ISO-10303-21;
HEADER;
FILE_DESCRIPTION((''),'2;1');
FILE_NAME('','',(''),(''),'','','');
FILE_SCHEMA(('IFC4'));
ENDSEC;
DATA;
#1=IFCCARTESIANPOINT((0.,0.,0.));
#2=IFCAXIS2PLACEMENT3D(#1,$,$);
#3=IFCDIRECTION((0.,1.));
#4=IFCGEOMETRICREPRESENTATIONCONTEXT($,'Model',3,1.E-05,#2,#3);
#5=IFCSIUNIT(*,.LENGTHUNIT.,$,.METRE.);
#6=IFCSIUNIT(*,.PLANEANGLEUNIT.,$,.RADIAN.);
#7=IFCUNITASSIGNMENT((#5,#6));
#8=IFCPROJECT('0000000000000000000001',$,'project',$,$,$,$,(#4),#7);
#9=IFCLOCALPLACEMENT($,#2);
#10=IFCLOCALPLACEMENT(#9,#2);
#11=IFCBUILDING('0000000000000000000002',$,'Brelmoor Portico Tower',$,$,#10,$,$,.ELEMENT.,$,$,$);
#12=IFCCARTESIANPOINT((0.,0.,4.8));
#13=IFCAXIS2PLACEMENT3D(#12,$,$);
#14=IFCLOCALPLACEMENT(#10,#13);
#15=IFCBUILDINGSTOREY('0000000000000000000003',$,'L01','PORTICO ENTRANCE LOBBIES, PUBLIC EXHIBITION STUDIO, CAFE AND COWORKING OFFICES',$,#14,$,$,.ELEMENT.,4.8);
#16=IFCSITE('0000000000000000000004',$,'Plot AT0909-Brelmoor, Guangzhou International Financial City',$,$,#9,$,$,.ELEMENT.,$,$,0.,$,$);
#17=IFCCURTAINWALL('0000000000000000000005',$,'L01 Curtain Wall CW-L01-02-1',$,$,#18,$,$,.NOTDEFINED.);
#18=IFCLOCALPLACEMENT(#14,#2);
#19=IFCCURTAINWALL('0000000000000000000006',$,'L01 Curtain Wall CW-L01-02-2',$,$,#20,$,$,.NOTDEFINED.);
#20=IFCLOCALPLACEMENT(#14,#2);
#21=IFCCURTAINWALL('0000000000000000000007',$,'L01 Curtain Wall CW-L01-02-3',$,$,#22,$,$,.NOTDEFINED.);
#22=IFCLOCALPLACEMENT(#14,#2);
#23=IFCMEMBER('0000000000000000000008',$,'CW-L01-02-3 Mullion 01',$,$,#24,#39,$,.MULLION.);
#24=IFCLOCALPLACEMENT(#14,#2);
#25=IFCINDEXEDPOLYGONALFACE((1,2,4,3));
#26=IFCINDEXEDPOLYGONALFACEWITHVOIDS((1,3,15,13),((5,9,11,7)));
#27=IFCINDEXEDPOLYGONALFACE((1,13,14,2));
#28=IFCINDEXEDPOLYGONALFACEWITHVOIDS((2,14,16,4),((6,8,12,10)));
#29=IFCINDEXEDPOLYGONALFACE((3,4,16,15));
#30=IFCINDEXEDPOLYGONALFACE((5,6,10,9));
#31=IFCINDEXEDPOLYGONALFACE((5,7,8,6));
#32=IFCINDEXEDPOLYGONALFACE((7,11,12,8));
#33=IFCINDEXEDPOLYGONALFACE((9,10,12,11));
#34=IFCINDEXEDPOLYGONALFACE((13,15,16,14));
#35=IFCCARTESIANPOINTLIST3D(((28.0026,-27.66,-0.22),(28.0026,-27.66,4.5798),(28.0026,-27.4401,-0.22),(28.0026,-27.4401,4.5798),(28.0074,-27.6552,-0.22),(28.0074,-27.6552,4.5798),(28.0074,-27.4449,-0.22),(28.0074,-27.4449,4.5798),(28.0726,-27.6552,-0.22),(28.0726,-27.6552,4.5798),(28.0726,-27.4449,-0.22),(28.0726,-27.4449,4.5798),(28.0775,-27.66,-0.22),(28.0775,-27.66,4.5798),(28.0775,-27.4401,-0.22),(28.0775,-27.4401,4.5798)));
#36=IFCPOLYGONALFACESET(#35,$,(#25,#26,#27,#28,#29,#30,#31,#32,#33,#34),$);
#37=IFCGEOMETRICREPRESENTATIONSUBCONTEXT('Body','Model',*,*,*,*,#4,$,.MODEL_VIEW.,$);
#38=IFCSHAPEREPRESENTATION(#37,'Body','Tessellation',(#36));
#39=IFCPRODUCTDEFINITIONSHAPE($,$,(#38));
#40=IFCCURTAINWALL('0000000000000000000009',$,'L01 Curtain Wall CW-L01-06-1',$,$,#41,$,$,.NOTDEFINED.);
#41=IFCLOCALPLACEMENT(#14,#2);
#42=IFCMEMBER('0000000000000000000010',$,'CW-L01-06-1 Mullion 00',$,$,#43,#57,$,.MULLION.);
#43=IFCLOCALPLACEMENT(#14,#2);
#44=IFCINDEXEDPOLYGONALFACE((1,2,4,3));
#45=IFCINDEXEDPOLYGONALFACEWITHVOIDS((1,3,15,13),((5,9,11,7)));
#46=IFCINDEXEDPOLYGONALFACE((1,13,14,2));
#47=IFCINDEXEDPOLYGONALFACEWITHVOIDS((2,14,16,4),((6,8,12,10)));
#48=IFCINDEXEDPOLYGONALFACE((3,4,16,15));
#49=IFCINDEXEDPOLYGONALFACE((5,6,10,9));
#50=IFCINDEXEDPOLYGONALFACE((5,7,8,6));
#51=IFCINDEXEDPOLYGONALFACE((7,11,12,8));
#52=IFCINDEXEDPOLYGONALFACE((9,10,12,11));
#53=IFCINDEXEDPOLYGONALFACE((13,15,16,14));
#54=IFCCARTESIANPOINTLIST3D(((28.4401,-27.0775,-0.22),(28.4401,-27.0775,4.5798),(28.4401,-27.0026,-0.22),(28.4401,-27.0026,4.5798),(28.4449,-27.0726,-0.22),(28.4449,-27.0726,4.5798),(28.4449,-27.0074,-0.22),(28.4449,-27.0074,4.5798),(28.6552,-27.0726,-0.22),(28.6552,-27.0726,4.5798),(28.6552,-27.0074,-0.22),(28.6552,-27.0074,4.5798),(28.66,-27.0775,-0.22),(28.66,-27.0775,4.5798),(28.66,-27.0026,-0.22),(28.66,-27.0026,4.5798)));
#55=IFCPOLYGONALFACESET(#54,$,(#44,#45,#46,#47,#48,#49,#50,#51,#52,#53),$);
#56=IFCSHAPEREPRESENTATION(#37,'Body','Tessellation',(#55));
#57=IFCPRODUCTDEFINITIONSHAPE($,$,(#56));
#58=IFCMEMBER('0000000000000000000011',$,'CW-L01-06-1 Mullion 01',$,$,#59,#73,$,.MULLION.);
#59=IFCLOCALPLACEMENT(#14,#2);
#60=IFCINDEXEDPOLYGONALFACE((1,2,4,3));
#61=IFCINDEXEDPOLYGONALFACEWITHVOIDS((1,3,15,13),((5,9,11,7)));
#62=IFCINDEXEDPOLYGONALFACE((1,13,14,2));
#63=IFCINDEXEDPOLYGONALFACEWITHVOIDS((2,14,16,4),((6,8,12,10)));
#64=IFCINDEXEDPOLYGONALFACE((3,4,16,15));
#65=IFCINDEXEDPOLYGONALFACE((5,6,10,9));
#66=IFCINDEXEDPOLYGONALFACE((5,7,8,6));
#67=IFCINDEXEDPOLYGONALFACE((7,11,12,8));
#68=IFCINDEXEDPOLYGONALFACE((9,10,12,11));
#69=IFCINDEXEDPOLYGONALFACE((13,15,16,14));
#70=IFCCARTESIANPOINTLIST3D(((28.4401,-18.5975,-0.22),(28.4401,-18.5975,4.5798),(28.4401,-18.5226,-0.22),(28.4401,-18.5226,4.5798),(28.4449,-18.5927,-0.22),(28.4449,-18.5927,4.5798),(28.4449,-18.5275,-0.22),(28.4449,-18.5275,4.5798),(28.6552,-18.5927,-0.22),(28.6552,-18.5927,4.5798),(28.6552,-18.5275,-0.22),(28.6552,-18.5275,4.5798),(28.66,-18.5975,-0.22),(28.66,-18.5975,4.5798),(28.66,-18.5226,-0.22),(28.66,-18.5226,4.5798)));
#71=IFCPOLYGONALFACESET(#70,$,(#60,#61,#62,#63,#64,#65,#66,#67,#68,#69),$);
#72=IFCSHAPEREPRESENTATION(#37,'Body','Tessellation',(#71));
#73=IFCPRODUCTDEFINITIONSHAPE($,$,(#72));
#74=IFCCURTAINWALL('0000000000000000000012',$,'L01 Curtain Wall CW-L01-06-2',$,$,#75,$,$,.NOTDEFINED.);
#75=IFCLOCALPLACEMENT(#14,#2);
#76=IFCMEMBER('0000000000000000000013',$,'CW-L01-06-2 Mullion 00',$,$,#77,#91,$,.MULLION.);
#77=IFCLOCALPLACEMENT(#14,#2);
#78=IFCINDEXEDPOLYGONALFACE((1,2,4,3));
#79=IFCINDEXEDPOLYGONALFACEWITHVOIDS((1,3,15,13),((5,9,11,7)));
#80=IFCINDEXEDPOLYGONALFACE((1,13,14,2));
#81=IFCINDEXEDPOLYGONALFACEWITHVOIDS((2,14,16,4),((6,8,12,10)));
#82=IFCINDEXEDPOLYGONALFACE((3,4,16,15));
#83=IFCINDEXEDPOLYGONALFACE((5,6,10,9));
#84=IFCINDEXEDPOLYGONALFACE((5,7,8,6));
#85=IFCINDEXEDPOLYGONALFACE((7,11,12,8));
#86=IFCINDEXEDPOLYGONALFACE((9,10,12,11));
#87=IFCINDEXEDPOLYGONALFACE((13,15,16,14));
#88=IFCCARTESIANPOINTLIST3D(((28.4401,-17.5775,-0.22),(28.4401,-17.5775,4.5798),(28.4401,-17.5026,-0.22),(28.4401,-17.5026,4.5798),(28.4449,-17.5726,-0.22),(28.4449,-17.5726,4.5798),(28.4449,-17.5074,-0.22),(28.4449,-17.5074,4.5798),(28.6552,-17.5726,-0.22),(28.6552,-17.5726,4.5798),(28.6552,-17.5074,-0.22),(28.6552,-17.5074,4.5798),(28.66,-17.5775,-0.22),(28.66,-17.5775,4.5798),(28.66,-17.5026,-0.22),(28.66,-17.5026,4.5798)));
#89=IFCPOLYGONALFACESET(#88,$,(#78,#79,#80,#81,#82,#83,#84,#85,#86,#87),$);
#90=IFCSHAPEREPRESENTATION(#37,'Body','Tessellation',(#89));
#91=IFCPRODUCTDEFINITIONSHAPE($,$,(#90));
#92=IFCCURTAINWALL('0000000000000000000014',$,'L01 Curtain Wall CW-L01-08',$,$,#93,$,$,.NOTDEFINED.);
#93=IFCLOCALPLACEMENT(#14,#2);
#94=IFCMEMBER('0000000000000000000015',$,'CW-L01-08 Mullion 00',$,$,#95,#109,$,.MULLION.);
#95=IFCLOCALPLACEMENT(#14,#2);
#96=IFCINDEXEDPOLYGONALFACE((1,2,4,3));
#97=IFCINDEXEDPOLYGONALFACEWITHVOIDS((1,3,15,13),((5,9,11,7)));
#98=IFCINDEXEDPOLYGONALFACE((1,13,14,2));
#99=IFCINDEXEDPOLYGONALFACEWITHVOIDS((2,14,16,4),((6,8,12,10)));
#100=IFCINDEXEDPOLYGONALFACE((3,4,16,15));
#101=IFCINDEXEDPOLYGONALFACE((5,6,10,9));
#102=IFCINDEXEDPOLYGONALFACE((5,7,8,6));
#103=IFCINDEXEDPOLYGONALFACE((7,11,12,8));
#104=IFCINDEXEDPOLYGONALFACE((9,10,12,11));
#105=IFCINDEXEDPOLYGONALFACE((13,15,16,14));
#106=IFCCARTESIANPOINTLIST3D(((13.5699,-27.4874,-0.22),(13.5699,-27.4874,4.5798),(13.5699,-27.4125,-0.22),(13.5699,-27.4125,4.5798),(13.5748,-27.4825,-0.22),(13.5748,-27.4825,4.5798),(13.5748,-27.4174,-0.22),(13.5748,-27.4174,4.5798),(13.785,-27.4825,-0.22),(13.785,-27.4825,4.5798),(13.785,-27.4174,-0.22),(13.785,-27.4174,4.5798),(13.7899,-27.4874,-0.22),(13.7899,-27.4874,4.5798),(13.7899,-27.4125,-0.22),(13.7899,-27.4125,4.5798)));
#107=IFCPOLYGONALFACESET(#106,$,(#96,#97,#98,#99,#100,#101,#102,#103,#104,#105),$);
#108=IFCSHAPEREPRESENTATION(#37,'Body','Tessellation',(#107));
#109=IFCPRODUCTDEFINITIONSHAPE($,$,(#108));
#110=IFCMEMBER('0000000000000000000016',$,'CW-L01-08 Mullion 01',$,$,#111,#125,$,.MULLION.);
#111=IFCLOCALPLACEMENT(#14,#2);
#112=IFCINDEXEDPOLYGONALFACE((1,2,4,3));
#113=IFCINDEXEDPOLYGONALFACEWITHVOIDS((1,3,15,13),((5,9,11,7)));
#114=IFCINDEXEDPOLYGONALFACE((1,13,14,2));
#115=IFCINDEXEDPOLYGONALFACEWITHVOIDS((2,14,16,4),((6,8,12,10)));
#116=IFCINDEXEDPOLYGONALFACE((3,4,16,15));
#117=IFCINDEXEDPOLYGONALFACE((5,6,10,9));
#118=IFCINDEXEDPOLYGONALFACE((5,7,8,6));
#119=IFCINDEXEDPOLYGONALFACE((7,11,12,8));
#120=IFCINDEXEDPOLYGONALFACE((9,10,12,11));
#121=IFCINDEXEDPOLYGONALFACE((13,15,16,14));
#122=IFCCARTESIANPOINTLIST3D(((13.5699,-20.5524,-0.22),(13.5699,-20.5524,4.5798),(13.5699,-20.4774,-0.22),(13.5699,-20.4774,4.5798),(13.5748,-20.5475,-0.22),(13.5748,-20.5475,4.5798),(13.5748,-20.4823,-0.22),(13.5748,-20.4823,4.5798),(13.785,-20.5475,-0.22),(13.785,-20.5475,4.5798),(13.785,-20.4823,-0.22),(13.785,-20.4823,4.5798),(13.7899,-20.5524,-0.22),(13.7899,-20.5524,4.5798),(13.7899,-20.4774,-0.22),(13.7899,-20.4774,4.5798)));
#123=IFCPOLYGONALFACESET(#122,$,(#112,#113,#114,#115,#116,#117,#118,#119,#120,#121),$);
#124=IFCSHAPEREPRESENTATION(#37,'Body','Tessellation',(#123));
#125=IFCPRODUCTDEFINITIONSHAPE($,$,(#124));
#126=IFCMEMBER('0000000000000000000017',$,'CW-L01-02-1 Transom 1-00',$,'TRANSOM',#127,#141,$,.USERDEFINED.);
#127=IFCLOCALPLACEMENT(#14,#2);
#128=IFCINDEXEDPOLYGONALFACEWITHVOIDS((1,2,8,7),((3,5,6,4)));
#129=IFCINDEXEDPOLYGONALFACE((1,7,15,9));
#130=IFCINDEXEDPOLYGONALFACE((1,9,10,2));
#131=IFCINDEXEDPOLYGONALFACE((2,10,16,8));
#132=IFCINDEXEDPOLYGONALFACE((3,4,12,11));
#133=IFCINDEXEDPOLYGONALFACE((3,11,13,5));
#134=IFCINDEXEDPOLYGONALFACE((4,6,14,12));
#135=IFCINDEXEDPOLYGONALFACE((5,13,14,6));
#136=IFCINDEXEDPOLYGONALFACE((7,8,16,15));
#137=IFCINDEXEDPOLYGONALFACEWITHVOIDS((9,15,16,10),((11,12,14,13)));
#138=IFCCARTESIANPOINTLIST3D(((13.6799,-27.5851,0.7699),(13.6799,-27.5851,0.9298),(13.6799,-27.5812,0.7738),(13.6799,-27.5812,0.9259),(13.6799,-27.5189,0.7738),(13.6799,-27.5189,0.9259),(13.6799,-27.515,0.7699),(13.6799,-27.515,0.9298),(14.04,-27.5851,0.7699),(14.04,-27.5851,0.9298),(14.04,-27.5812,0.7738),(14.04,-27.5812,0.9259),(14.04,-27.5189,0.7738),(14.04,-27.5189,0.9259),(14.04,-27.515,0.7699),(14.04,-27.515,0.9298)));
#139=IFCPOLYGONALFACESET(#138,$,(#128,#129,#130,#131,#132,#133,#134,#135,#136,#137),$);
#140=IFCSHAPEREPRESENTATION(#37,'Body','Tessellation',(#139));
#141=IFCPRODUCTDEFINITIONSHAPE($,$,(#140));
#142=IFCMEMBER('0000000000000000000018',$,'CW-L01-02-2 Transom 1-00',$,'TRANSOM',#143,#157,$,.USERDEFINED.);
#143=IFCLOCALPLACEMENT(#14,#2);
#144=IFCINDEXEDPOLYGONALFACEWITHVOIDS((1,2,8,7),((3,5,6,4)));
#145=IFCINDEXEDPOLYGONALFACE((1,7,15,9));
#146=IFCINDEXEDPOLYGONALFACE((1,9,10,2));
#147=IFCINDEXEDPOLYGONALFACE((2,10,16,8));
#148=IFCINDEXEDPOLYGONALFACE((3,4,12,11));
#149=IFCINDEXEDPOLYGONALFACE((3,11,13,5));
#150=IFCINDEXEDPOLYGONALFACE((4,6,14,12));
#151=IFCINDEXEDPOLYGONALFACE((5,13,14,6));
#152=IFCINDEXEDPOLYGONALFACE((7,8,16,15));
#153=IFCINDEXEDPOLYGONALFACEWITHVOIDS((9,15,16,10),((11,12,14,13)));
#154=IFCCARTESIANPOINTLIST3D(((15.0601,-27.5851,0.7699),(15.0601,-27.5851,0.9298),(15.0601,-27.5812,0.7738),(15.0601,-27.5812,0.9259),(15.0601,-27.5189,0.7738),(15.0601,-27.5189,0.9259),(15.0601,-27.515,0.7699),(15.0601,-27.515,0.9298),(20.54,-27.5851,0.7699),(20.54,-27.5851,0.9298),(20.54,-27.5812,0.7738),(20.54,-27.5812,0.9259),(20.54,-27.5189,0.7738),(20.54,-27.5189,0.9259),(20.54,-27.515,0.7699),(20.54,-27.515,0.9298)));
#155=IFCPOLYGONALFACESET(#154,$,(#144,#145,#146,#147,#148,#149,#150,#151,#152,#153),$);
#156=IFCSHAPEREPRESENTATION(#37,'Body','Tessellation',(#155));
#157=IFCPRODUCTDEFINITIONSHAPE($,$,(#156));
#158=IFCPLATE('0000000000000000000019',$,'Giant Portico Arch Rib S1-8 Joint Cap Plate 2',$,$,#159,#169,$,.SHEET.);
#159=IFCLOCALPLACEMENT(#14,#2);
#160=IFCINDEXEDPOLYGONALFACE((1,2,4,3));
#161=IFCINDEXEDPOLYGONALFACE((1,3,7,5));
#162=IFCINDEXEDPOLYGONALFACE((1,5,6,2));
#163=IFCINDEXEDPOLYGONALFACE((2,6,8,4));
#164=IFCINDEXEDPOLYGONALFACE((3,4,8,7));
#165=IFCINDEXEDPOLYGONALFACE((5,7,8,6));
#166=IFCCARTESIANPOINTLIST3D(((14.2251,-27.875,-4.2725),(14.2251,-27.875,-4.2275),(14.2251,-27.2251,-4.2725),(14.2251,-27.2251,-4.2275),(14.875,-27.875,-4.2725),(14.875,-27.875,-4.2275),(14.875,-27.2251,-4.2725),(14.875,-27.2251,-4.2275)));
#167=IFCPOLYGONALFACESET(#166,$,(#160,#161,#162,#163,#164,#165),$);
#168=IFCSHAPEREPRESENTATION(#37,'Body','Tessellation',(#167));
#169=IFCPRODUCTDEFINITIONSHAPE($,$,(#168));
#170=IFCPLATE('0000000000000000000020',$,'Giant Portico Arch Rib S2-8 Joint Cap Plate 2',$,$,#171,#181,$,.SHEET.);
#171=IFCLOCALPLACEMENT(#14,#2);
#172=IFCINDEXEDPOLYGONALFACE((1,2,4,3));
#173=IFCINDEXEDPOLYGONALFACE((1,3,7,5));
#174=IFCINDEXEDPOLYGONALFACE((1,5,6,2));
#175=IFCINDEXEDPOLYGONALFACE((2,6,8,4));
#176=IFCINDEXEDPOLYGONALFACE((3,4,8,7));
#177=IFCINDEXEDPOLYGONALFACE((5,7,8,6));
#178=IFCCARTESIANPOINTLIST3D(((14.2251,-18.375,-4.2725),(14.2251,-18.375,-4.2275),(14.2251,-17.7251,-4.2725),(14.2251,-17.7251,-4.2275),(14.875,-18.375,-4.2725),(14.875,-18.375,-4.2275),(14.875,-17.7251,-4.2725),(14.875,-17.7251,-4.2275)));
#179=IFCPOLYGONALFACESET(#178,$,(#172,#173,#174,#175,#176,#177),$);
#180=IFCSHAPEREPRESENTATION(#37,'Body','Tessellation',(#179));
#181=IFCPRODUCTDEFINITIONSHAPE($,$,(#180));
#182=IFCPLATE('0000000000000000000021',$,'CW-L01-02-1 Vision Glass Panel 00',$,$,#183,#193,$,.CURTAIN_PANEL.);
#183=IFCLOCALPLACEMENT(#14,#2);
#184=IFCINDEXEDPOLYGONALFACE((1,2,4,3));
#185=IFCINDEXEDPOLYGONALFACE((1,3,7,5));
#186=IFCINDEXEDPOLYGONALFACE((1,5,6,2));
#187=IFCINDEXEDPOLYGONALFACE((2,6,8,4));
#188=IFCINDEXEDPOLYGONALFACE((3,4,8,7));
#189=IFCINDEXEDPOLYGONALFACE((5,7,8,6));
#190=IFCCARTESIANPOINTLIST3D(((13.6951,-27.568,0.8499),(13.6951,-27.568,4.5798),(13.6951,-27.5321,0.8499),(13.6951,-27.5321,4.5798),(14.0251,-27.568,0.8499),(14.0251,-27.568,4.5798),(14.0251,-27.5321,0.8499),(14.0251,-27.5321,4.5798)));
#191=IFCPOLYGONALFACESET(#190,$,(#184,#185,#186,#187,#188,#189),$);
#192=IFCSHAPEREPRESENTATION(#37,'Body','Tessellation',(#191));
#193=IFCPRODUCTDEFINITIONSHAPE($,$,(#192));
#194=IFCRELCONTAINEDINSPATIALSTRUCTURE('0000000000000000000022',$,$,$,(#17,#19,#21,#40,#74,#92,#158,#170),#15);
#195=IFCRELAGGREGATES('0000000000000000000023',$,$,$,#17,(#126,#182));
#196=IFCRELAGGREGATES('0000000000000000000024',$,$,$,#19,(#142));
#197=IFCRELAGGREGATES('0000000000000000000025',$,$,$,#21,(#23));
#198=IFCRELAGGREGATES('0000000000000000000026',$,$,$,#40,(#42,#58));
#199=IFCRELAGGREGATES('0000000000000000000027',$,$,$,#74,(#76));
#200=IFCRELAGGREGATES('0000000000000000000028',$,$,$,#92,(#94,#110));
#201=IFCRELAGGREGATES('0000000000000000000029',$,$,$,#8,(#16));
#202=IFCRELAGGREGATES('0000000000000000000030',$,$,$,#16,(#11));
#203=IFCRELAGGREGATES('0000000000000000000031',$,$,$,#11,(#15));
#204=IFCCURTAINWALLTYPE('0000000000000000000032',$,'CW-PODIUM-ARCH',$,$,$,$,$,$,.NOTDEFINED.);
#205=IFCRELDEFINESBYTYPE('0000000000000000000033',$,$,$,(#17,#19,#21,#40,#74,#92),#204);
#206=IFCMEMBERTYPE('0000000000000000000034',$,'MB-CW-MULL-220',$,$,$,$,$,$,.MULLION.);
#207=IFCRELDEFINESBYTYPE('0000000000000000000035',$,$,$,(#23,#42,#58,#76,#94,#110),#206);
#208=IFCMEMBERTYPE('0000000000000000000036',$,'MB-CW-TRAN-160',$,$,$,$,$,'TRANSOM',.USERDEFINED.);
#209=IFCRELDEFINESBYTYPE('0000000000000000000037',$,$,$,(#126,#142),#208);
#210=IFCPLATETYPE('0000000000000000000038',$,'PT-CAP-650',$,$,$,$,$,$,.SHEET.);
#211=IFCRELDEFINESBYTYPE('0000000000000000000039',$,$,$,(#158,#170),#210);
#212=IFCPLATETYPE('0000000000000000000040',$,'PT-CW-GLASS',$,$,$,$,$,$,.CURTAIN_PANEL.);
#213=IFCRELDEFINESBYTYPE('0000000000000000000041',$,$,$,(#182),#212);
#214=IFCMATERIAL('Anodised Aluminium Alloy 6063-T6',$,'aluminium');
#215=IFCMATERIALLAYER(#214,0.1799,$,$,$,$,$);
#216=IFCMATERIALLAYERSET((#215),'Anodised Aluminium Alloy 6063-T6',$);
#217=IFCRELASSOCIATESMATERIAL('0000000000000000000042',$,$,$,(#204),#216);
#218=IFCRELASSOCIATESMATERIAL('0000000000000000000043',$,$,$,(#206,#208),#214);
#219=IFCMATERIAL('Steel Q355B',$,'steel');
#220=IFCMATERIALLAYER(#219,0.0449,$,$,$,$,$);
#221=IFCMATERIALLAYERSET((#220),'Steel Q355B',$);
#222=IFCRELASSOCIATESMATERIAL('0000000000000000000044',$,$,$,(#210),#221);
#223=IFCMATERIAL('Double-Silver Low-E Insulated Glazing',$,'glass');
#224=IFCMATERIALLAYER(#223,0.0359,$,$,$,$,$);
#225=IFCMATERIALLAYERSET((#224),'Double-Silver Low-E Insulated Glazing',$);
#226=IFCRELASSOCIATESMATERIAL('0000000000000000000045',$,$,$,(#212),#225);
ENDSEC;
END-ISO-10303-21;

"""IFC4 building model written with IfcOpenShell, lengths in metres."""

from ifc_helpers import new_model, si_unit, direction, frame, origin, origin_2d, place, context, subcontext, project, spatial, rectangle, hollow_rectangle, extrude, material, layer, layer_set, material_profile, profile_set, type_object, element, aggregate, save


model = new_model("IFC4")

# Units and contexts
model_context = context("Model", 3, precision=1e-05, world=origin(), true_north=direction((0.0, 1.0)))
body_context = subcontext(model_context, "Body", "Model", "MODEL_VIEW")
ifc_project = project(units=[si_unit("LENGTHUNIT", "METRE"), si_unit("PLANEANGLEUNIT", "RADIAN")], contexts=[model_context])

# Site, building, storey
site_placement = place(None, origin())
site = spatial("IfcSite", under=ifc_project, at=site_placement, Name="Plot AT0909-Brelmoor, Guangzhou International Financial City", CompositionType="ELEMENT", RefElevation=0.0)
building_placement = place(site_placement, origin())
building = spatial("IfcBuilding", under=site, at=building_placement, Name="Brelmoor Portico Tower", CompositionType="ELEMENT")
storey_placement = place(building_placement, frame((0.0, 0.0, 4.8)))
storey = spatial("IfcBuildingStorey", under=building, at=storey_placement, Name="L01", Description="PORTICO ENTRANCE LOBBIES, PUBLIC EXHIBITION STUDIO, CAFE AND COWORKING OFFICES", CompositionType="ELEMENT", Elevation=4.8)

# Shared definitions
ifc_material_1 = material(Name="Steel Q355B", Category="steel")

# Curtain walls, members
ifc_material_2 = material(Name="Anodised Aluminium Alloy 6063-T6", Category="aluminium")
ifc_layer_1 = layer(ifc_material_2, 0.1799)
ifc_layer_set_1 = layer_set([ifc_layer_1], Name="Anodised Aluminium Alloy 6063-T6")
curtain_wall_type = type_object("IfcCurtainWallType", Name="CW-PODIUM-ARCH", PredefinedType="NOTDEFINED", material=ifc_layer_set_1)
curtain_wall_1_placement = place(storey_placement, origin())
curtain_wall_1 = element("IfcCurtainWall", 1, at=curtain_wall_1_placement, inside=storey, type_object=curtain_wall_type, Name="L01 Curtain Wall CW-L01-02-1", PredefinedType="NOTDEFINED")
ifc_material_profile_1 = material_profile(ifc_material_2, hollow_rectangle(XDim=0.075, YDim=0.22, WallThickness=0.0049, at=origin_2d()), Name="ALU MULLION 75x220")
ifc_profile_set_1 = profile_set([ifc_material_profile_1], Name="Anodised Aluminium Alloy 6063-T6")
member_type_1 = type_object("IfcMemberType", Name="MB-CW-MULL-220", PredefinedType="MULLION", material=ifc_profile_set_1)
curtain_wall_2_placement = place(storey_placement, origin())
curtain_wall_2 = element("IfcCurtainWall", 2, at=curtain_wall_2_placement, inside=storey, type_object=curtain_wall_type, Name="L01 Curtain Wall CW-L01-02-2", PredefinedType="NOTDEFINED")
curtain_wall_3_placement = place(storey_placement, origin())
curtain_wall_3 = element("IfcCurtainWall", 3, at=curtain_wall_3_placement, inside=storey, type_object=curtain_wall_type, Name="L01 Curtain Wall CW-L01-02-3", PredefinedType="NOTDEFINED")
member_1_placement = place(storey_placement, frame((28.04, -27.55, -0.22), z_axis=(0.0, 0.0, 1.0), x_axis=(1.0, 0.0, 0.0)))
member_1 = element("IfcMember", 4, at=member_1_placement, type_object=member_type_1, Name="CW-L01-02-3 Mullion 01", PredefinedType="MULLION", context=body_context, shape_type="SweptSolid", body=[
    extrude(hollow_rectangle(XDim=0.075, YDim=0.22, WallThickness=0.0049, at=origin_2d()), origin(), (0.0, 0.0, 1.0), 4.7998),
])
curtain_wall_4_placement = place(storey_placement, origin())
curtain_wall_4 = element("IfcCurtainWall", 5, at=curtain_wall_4_placement, inside=storey, type_object=curtain_wall_type, Name="L01 Curtain Wall CW-L01-06-1", PredefinedType="NOTDEFINED")
member_2_placement = place(storey_placement, frame((28.55, -27.04, -0.22), z_axis=(0.0, 0.0, 1.0), x_axis=(0.0, 1.0, 0.0)))
member_2 = element("IfcMember", 6, at=member_2_placement, type_object=member_type_1, Name="CW-L01-06-1 Mullion 00", PredefinedType="MULLION", context=body_context, shape_type="SweptSolid", body=[
    extrude(hollow_rectangle(XDim=0.075, YDim=0.22, WallThickness=0.0049, at=origin_2d()), origin(), (0.0, 0.0, 1.0), 4.7998),
])
member_3_placement = place(storey_placement, frame((28.55, -18.5601, -0.22), z_axis=(0.0, 0.0, 1.0), x_axis=(0.0, 1.0, 0.0)))
member_3 = element("IfcMember", 7, at=member_3_placement, type_object=member_type_1, Name="CW-L01-06-1 Mullion 01", PredefinedType="MULLION", context=body_context, shape_type="SweptSolid", body=[
    extrude(hollow_rectangle(XDim=0.075, YDim=0.22, WallThickness=0.0049, at=origin_2d()), origin(), (0.0, 0.0, 1.0), 4.7998),
])

# Curtain wall, member
curtain_wall_5_placement = place(storey_placement, origin())
curtain_wall_5 = element("IfcCurtainWall", 8, at=curtain_wall_5_placement, inside=storey, type_object=curtain_wall_type, Name="L01 Curtain Wall CW-L01-06-2", PredefinedType="NOTDEFINED")
member_4_placement = place(storey_placement, frame((28.55, -17.54, -0.22), z_axis=(0.0, 0.0, 1.0), x_axis=(0.0, 1.0, 0.0)))
member_4 = element("IfcMember", 9, at=member_4_placement, type_object=member_type_1, Name="CW-L01-06-2 Mullion 00", PredefinedType="MULLION", context=body_context, shape_type="SweptSolid", body=[
    extrude(hollow_rectangle(XDim=0.075, YDim=0.22, WallThickness=0.0049, at=origin_2d()), origin(), (0.0, 0.0, 1.0), 4.7998),
])

# Curtain wall, members
curtain_wall_6_placement = place(storey_placement, origin())
curtain_wall_6 = element("IfcCurtainWall", 10, at=curtain_wall_6_placement, inside=storey, type_object=curtain_wall_type, Name="L01 Curtain Wall CW-L01-08", PredefinedType="NOTDEFINED")
member_5_placement = place(storey_placement, frame((13.6799, -27.45, -0.22), z_axis=(0.0, 0.0, 1.0), x_axis=(0.0, 1.0, 0.0)))
member_5 = element("IfcMember", 11, at=member_5_placement, type_object=member_type_1, Name="CW-L01-08 Mullion 00", PredefinedType="MULLION", context=body_context, shape_type="SweptSolid", body=[
    extrude(hollow_rectangle(XDim=0.075, YDim=0.22, WallThickness=0.0049, at=origin_2d()), origin(), (0.0, 0.0, 1.0), 4.7998),
])
member_6_placement = place(storey_placement, frame((13.6799, -20.5149, -0.22), z_axis=(0.0, 0.0, 1.0), x_axis=(0.0, 1.0, 0.0)))
member_6 = element("IfcMember", 12, at=member_6_placement, type_object=member_type_1, Name="CW-L01-08 Mullion 01", PredefinedType="MULLION", context=body_context, shape_type="SweptSolid", body=[
    extrude(hollow_rectangle(XDim=0.075, YDim=0.22, WallThickness=0.0049, at=origin_2d()), origin(), (0.0, 0.0, 1.0), 4.7998),
])

# Members
ifc_material_profile_2 = material_profile(ifc_material_2, hollow_rectangle(XDim=0.0701, YDim=0.1599, WallThickness=0.0039, at=origin_2d()), Name="ALU TRANSOM 70x160")
ifc_profile_set_2 = profile_set([ifc_material_profile_2], Name="Anodised Aluminium Alloy 6063-T6")
member_type_2 = type_object("IfcMemberType", Name="MB-CW-TRAN-160", ElementType="TRANSOM", PredefinedType="USERDEFINED", material=ifc_profile_set_2)
member_7_placement = place(storey_placement, frame((13.6799, -27.55, 0.8499), z_axis=(1.0, 0.0, 0.0), x_axis=(0.0, 1.0, 0.0)))
member_7 = element("IfcMember", 13, at=member_7_placement, type_object=member_type_2, Name="CW-L01-02-1 Transom 1-00", ObjectType="TRANSOM", PredefinedType="USERDEFINED", context=body_context, shape_type="SweptSolid", body=[
    extrude(hollow_rectangle(XDim=0.0701, YDim=0.1599, WallThickness=0.0039, at=origin_2d()), origin(), (0.0, 0.0, 1.0), 0.3601),
])
member_8_placement = place(storey_placement, frame((15.0601, -27.55, 0.8499), z_axis=(1.0, 0.0, 0.0), x_axis=(0.0, 1.0, 0.0)))
member_8 = element("IfcMember", 14, at=member_8_placement, type_object=member_type_2, Name="CW-L01-02-2 Transom 1-00", ObjectType="TRANSOM", PredefinedType="USERDEFINED", context=body_context, shape_type="SweptSolid", body=[
    extrude(hollow_rectangle(XDim=0.0701, YDim=0.1599, WallThickness=0.0039, at=origin_2d()), origin(), (0.0, 0.0, 1.0), 5.48),
])

# Plates
ifc_layer_2 = layer(ifc_material_1, 0.0449)
ifc_layer_set_2 = layer_set([ifc_layer_2], Name="Steel Q355B")
plate_type_1 = type_object("IfcPlateType", Name="PT-CAP-650", PredefinedType="SHEET", material=ifc_layer_set_2)
for number, where, z_axis, x_axis, name in (
    (15, (14.55, -27.55, -4.2725), (0.0, 0.0, 1.0), (1.0, 0.0, 0.0), "Giant Portico Arch Rib S1-8 Joint Cap Plate 2"),
    (16, (14.55, -18.05, -4.2725), (0.0, 0.0, 1.0), (1.0, 0.0, 0.0), "Giant Portico Arch Rib S2-8 Joint Cap Plate 2"),
):
    element("IfcPlate", number, at=place(storey_placement, frame(where, z_axis=z_axis, x_axis=x_axis)), inside=storey, type_object=plate_type_1, Name=name, PredefinedType="SHEET", context=body_context, shape_type="SweptSolid", body=[
        extrude(rectangle(XDim=0.6499, YDim=0.6499, at=origin_2d()), origin(), (0.0, 0.0, 1.0), 0.0449),
    ])

# Plate
ifc_material_3 = material(Name="Double-Silver Low-E Insulated Glazing", Category="glass")
ifc_layer_3 = layer(ifc_material_3, 0.0359)
ifc_layer_set_3 = layer_set([ifc_layer_3], Name="Double-Silver Low-E Insulated Glazing")
plate_type_2 = type_object("IfcPlateType", Name="PT-CW-GLASS", PredefinedType="CURTAIN_PANEL", material=ifc_layer_set_3)
plate_1_placement = place(storey_placement, frame((13.8601, -27.55, 0.8499), z_axis=(0.0, 0.0, 1.0), x_axis=(1.0, 0.0, 0.0)))
plate_1 = element("IfcPlate", 17, at=plate_1_placement, type_object=plate_type_2, Name="CW-L01-02-1 Vision Glass Panel 00", PredefinedType="CURTAIN_PANEL", context=body_context, shape_type="SweptSolid", body=[
    extrude(rectangle(XDim=0.3301, YDim=0.0359, at=origin_2d()), origin(), (0.0, 0.0, 1.0), 3.73),
])
aggregate(curtain_wall_1, [member_7, plate_1])
aggregate(curtain_wall_2, [member_8])
aggregate(curtain_wall_3, [member_1])
aggregate(curtain_wall_4, [member_2, member_3])
aggregate(curtain_wall_5, [member_4])
aggregate(curtain_wall_6, [member_5, member_6])

save(model, "model.ifc")
